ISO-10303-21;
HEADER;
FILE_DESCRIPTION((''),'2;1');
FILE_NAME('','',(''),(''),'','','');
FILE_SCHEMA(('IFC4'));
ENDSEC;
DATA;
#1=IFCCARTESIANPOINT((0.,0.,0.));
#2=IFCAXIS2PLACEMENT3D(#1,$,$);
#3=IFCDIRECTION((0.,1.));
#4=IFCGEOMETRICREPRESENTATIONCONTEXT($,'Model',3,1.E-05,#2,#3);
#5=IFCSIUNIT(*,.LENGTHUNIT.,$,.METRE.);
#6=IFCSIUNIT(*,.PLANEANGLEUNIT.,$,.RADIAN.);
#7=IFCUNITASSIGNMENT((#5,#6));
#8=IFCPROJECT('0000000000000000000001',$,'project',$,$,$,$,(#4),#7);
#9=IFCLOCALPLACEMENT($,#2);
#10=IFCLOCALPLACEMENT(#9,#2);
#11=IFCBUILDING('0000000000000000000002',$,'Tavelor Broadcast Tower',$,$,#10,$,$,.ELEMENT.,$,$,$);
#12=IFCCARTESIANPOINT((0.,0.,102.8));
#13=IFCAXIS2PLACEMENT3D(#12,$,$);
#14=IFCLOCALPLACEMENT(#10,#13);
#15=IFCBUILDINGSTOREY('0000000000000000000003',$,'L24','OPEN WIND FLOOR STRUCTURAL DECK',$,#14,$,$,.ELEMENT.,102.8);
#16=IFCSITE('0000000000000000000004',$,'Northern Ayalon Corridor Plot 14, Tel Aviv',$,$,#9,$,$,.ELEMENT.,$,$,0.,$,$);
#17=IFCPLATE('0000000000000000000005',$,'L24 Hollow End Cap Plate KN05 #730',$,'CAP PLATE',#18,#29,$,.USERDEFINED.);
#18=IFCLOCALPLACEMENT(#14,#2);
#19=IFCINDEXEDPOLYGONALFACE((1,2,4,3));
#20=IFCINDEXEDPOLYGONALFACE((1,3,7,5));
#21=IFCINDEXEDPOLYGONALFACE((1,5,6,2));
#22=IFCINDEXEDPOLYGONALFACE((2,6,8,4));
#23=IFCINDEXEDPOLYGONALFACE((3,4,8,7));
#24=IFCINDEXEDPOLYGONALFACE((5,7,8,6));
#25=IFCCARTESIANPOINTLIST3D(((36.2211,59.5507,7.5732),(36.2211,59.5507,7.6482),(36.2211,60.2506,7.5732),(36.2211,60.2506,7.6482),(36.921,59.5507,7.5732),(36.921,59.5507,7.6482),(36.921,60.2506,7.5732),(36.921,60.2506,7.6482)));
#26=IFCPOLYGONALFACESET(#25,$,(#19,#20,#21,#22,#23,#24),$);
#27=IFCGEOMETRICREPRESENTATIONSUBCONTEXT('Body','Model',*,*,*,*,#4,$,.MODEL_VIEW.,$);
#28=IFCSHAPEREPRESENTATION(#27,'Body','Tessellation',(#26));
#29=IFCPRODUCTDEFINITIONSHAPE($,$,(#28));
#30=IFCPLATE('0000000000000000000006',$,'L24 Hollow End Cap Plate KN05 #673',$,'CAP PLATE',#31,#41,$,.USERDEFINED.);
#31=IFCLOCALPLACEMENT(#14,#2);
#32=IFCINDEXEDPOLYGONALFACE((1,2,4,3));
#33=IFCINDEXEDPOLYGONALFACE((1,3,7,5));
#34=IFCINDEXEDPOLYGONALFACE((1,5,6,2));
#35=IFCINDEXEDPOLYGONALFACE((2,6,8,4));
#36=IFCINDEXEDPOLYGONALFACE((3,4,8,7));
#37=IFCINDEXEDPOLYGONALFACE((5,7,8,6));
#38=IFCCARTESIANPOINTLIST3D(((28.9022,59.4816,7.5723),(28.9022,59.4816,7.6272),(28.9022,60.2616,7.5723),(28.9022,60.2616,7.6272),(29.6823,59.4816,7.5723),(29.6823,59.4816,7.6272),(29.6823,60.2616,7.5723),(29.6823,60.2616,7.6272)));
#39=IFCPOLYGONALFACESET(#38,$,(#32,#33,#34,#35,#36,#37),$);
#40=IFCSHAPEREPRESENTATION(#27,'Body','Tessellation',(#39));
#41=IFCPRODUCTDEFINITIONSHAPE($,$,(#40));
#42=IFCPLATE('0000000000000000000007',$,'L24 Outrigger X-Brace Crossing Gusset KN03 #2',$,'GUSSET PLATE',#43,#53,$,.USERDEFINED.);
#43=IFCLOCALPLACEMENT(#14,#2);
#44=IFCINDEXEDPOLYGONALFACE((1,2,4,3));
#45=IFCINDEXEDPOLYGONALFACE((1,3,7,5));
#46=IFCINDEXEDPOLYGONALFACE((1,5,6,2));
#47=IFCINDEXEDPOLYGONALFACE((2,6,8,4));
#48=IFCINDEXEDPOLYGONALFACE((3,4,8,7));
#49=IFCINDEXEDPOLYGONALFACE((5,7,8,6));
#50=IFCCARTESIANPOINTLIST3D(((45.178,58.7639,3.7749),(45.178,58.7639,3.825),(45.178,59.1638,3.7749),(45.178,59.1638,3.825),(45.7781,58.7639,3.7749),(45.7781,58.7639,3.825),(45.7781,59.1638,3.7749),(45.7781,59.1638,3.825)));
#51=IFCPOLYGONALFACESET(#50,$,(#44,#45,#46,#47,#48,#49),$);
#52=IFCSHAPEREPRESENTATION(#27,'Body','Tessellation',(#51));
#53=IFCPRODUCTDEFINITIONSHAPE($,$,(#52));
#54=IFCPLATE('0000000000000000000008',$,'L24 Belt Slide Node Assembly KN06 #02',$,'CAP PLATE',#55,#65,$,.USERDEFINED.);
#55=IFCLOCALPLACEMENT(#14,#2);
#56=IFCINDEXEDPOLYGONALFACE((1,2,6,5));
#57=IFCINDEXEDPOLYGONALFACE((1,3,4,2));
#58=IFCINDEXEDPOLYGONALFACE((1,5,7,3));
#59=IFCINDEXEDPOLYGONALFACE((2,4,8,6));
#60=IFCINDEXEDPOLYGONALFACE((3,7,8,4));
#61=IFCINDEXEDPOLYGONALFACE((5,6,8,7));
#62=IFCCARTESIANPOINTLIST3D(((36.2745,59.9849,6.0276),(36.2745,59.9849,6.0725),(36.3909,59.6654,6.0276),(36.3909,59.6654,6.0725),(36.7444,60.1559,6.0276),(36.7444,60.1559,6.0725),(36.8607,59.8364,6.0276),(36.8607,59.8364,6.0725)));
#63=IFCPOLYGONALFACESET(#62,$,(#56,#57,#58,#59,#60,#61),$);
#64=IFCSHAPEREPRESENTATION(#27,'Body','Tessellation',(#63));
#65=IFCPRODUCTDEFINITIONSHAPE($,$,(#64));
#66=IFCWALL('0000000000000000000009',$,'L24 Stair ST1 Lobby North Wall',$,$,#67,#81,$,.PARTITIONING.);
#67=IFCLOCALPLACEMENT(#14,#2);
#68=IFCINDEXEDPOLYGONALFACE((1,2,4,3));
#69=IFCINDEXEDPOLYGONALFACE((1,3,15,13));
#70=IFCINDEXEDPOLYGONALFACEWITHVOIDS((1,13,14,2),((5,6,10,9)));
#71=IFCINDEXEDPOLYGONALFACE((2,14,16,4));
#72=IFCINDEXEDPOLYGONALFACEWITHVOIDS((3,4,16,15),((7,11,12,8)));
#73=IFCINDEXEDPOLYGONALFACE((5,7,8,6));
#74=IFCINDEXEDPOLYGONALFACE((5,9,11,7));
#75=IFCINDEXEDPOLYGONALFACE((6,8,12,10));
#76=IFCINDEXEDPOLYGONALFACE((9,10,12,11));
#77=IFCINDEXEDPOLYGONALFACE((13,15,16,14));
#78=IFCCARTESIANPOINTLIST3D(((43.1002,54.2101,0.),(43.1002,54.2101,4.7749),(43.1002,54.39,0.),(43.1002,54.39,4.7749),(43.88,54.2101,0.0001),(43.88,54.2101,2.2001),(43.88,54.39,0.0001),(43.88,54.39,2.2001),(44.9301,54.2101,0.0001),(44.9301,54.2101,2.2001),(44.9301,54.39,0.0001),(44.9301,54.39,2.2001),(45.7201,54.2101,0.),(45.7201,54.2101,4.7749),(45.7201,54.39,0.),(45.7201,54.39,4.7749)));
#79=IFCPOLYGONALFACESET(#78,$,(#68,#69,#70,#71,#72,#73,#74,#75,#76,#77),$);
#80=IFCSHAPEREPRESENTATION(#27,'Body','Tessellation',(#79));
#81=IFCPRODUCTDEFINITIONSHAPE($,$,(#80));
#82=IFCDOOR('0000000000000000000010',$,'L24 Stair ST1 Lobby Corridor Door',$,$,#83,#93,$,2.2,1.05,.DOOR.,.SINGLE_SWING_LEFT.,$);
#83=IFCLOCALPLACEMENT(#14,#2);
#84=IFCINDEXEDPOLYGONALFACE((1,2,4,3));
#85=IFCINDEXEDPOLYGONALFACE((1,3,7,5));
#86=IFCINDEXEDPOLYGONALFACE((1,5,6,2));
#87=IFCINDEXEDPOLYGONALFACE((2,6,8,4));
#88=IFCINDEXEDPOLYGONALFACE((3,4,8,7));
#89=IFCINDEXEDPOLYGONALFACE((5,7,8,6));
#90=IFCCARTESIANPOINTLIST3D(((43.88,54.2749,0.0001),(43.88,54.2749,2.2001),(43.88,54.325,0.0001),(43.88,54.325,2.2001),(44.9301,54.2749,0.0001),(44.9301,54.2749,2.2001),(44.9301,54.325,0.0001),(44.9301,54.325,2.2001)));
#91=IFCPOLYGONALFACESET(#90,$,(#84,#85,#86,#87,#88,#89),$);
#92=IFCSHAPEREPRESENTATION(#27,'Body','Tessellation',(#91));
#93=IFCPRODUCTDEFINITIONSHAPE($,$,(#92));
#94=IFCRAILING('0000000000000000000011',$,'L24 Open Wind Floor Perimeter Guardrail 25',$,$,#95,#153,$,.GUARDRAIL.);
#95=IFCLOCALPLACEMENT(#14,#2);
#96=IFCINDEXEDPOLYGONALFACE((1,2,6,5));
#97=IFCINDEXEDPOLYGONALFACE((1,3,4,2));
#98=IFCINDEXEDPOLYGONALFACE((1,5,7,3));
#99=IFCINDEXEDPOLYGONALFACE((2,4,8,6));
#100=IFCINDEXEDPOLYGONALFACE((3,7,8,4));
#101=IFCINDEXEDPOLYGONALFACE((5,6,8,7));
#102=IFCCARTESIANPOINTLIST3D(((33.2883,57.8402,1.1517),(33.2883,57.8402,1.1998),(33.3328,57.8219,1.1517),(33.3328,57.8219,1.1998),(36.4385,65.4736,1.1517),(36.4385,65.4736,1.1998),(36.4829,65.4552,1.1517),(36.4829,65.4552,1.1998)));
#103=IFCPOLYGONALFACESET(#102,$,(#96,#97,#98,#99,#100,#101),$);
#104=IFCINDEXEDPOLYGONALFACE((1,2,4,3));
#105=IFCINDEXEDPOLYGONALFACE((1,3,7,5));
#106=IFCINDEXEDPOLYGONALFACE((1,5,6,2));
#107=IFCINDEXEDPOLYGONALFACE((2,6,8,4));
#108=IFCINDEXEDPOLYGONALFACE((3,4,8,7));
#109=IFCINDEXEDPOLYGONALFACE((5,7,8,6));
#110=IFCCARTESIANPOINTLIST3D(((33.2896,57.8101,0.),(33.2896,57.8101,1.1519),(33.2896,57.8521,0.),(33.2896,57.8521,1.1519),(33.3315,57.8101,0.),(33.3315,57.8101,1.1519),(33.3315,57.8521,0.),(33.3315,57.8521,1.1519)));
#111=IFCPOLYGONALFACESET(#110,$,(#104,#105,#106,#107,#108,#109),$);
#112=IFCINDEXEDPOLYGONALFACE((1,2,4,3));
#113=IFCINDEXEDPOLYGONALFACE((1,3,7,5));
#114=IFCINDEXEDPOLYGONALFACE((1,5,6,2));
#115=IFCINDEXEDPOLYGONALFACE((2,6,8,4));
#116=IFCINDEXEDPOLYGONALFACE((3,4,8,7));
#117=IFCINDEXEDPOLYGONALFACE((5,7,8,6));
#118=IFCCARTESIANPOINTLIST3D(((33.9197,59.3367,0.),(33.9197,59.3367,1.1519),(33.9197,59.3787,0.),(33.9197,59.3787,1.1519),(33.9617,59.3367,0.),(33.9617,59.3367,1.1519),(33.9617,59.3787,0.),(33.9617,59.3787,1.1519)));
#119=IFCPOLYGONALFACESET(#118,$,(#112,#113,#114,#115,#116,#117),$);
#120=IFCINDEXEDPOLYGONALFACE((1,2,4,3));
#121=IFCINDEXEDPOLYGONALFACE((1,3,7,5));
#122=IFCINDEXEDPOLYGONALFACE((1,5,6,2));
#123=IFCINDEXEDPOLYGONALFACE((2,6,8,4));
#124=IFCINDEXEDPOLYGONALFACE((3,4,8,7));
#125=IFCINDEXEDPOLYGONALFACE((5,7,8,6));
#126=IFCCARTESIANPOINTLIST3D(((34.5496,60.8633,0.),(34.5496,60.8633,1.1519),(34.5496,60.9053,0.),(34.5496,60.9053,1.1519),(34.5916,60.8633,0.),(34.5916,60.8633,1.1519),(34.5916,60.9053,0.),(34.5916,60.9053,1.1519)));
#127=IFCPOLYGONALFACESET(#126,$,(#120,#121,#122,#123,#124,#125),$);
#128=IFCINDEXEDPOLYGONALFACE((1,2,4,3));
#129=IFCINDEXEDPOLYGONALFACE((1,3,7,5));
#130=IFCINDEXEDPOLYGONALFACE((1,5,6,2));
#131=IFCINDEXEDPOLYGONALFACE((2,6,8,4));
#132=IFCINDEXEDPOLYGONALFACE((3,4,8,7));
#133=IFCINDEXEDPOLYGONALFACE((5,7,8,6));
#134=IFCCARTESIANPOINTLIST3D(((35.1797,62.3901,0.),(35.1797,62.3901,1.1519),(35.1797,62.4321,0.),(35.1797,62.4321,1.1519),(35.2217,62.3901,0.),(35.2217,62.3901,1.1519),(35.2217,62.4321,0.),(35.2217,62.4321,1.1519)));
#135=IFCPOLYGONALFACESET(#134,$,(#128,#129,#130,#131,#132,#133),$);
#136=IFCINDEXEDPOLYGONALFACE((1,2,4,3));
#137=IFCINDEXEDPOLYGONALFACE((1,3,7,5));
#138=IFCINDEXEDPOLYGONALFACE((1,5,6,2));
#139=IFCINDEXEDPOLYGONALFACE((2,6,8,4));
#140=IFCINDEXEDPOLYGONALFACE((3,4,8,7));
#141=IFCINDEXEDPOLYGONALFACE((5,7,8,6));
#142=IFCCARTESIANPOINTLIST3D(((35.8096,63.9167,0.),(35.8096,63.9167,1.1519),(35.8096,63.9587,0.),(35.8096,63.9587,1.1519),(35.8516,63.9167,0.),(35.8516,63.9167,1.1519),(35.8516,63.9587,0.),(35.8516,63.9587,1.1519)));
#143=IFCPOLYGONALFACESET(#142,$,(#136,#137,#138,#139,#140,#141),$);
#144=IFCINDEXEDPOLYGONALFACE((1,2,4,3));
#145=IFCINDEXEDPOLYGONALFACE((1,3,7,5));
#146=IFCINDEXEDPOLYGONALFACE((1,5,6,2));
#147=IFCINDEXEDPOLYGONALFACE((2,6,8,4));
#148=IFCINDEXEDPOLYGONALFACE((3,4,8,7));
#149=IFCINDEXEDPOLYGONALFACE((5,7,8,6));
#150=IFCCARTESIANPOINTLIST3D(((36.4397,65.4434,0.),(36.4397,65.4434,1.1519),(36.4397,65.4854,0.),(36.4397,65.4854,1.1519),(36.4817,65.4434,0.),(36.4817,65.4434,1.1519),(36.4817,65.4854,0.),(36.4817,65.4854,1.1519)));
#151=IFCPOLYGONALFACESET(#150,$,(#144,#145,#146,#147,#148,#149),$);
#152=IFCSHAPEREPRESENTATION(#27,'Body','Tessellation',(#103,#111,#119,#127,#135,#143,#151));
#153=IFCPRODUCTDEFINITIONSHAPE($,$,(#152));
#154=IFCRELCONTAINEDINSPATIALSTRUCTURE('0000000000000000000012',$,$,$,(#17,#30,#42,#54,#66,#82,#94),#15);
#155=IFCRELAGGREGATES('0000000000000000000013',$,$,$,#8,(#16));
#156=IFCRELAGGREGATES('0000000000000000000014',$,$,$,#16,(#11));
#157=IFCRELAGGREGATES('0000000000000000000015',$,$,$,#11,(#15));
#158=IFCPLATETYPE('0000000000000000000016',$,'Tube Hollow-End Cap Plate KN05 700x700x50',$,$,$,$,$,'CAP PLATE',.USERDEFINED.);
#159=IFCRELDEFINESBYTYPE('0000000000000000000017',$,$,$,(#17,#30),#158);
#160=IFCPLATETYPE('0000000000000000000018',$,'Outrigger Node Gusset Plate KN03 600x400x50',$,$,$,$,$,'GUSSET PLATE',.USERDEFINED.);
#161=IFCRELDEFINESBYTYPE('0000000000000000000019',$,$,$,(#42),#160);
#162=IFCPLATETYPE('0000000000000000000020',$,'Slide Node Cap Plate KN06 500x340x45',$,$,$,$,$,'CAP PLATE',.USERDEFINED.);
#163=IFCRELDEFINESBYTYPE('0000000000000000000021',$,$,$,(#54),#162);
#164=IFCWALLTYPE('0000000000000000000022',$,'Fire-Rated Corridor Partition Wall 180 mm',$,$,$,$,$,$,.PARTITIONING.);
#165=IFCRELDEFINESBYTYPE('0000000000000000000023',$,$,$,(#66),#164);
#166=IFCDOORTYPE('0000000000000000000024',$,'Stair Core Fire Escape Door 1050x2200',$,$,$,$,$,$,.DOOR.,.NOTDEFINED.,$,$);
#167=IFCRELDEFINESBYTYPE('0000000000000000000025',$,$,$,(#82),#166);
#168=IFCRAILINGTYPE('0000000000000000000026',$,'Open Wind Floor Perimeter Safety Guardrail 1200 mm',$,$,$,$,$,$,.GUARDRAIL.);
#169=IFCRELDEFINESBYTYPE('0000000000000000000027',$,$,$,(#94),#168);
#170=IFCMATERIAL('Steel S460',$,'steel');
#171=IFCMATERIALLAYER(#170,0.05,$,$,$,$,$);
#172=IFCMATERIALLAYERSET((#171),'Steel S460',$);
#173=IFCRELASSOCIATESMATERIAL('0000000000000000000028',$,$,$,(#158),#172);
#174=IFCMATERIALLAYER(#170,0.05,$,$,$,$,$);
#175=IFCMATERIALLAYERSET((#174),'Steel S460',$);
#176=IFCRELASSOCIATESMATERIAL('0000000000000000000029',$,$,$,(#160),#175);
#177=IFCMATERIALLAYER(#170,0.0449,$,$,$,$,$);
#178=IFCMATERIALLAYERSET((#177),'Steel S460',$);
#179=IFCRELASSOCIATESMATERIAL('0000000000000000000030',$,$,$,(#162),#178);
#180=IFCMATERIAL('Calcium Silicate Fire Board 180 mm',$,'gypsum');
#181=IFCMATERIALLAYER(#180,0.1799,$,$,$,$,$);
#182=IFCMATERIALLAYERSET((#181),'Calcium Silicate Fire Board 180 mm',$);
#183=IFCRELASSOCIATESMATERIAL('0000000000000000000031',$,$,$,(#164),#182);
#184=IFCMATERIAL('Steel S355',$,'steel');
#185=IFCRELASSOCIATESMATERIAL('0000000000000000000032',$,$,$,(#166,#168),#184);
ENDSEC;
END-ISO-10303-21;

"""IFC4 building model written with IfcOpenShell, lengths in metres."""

from ifc_helpers import new_model, si_unit, direction, frame, frame_2d, origin, origin_2d, place, context, subcontext, project, spatial, rectangle, extrude, source, transform, mapped, material, layer, layer_set, type_object, type_shapes, element, fill, save


model = new_model("IFC4")

# Units and contexts
model_context = context("Model", 3, precision=1e-05, world=origin(), true_north=direction((0.0, 1.0)))
body_context = subcontext(model_context, "Body", "Model", "MODEL_VIEW")
ifc_project = project(units=[si_unit("LENGTHUNIT", "METRE"), si_unit("PLANEANGLEUNIT", "RADIAN")], contexts=[model_context])

# Site, building, storey
site_placement = place(None, origin())
site = spatial("IfcSite", under=ifc_project, at=site_placement, Name="Northern Ayalon Corridor Plot 14, Tel Aviv", CompositionType="ELEMENT", RefElevation=0.0)
building_placement = place(site_placement, origin())
building = spatial("IfcBuilding", under=site, at=building_placement, Name="Tavelor Broadcast Tower", CompositionType="ELEMENT")
storey_placement = place(building_placement, frame((0.0, 0.0, 102.8)))
storey = spatial("IfcBuildingStorey", under=building, at=storey_placement, Name="L24", Description="OPEN WIND FLOOR STRUCTURAL DECK", CompositionType="ELEMENT", Elevation=102.8)

# Shared definitions
ifc_material_1 = material(Name="Steel S460", Category="steel")

# Plates
ifc_layer_1 = layer(ifc_material_1, 0.05)
ifc_layer_set_1 = layer_set([ifc_layer_1], Name="Steel S460")
plate_type_1 = type_object("IfcPlateType", Name="Tube Hollow-End Cap Plate KN05 700x700x50", ElementType="CAP PLATE", PredefinedType="USERDEFINED", material=ifc_layer_set_1)
shared_shape_1 = source(origin(), body_context, "Body", "SweptSolid", [
    extrude(rectangle(XDim=0.7, YDim=0.7, at=origin_2d()), origin(), (0.0, 0.0, 1.0), 0.075),
])
for number, where, z_axis, x_axis, name in (
    (1, (36.571, 59.9006, 7.5732), (0.0, 0.0, 1.0), (1.0, 0.0, 0.0), "L24 Hollow End Cap Plate KN05 #730"),
):
    element("IfcPlate", number, at=place(storey_placement, frame(where, z_axis=z_axis, x_axis=x_axis)), inside=storey, type_object=plate_type_1, Name=name, ObjectType="CAP PLATE", PredefinedType="USERDEFINED", context=body_context, shape_type="MappedRepresentation", body=[
        mapped(shared_shape_1, transform((0.0, 0.0, 0.0), scale=1.0)),
    ])
shared_shape_2 = source(origin(), body_context, "Body", "SweptSolid", [
    extrude(rectangle(XDim=0.78, YDim=0.78, at=origin_2d()), origin(), (0.0, 0.0, 1.0), 0.0549),
])
type_shapes(plate_type_1, [shared_shape_1, shared_shape_2])
plate_1_placement = place(storey_placement, frame((29.2922, 59.8716, 7.5723), z_axis=(0.0, 0.0, 1.0), x_axis=(1.0, 0.0, 0.0)))
element("IfcPlate", 2, at=plate_1_placement, inside=storey, type_object=plate_type_1, Name="L24 Hollow End Cap Plate KN05 #673", ObjectType="CAP PLATE", PredefinedType="USERDEFINED", context=body_context, shape_type="MappedRepresentation", body=[
    mapped(shared_shape_2, transform((0.0, 0.0, 0.0), scale=1.0)),
])
ifc_layer_2 = layer(ifc_material_1, 0.05)
ifc_layer_set_2 = layer_set([ifc_layer_2], Name="Steel S460")
plate_type_2 = type_object("IfcPlateType", Name="Outrigger Node Gusset Plate KN03 600x400x50", ElementType="GUSSET PLATE", PredefinedType="USERDEFINED", material=ifc_layer_set_2)
shared_shape_3 = source(origin(), body_context, "Body", "SweptSolid", [
    extrude(rectangle(XDim=0.6001, YDim=0.3999, at=origin_2d()), origin(), (0.0, 0.0, 1.0), 0.05),
])
type_shapes(plate_type_2, [shared_shape_3])
plate_2_placement = place(storey_placement, frame((45.478, 58.9639, 3.7749), z_axis=(0.0, 0.0, 1.0), x_axis=(1.0, 0.0, 0.0)))
element("IfcPlate", 3, at=plate_2_placement, inside=storey, type_object=plate_type_2, Name="L24 Outrigger X-Brace Crossing Gusset KN03 #2", ObjectType="GUSSET PLATE", PredefinedType="USERDEFINED", context=body_context, shape_type="MappedRepresentation", body=[
    mapped(shared_shape_3, transform((0.0, 0.0, 0.0), scale=1.0)),
])
ifc_layer_3 = layer(ifc_material_1, 0.0449)
ifc_layer_set_3 = layer_set([ifc_layer_3], Name="Steel S460")
plate_type_3 = type_object("IfcPlateType", Name="Slide Node Cap Plate KN06 500x340x45", ElementType="CAP PLATE", PredefinedType="USERDEFINED", material=ifc_layer_set_3)
shared_shape_4 = source(origin(), body_context, "Body", "SweptSolid", [
    extrude(rectangle(XDim=0.5, YDim=0.3401, at=origin_2d()), origin(), (0.0, 0.0, 1.0), 0.0449),
])
type_shapes(plate_type_3, [shared_shape_4])
plate_3_placement = place(storey_placement, frame((36.5676, 59.9106, 6.0276), z_axis=(0.0, 0.0, 1.0), x_axis=(0.939693, 0.34202, 0.0)))
element("IfcPlate", 4, at=plate_3_placement, inside=storey, type_object=plate_type_3, Name="L24 Belt Slide Node Assembly KN06 #02", ObjectType="CAP PLATE", PredefinedType="USERDEFINED", context=body_context, shape_type="MappedRepresentation", body=[
    mapped(shared_shape_4, transform((0.0, 0.0, 0.0), scale=1.0)),
])

# Wall, opening, door
ifc_material_2 = material(Name="Calcium Silicate Fire Board 180 mm", Category="gypsum")
ifc_layer_4 = layer(ifc_material_2, 0.1799)
ifc_layer_set_4 = layer_set([ifc_layer_4], Name="Calcium Silicate Fire Board 180 mm")
wall_type = type_object("IfcWallType", Name="Fire-Rated Corridor Partition Wall 180 mm", PredefinedType="PARTITIONING", material=ifc_layer_set_4)
wall_placement = place(storey_placement, frame((43.1001, 54.3, 0.0), z_axis=(0.0, 0.0, 1.0), x_axis=(1.0, 0.0, 0.0)))
wall = element("IfcWall", 5, at=wall_placement, inside=storey, type_object=wall_type, Name="L24 Stair ST1 Lobby North Wall", PredefinedType="PARTITIONING", context=body_context, shape_type="SweptSolid", body=[
    extrude(rectangle(XDim=2.6199, YDim=0.1799, at=frame_2d((1.3101, 0.0))), origin(), (0.0, 0.0, 1.0), 4.7749),
])
opening_placement = place(wall_placement, frame((0.78, 0.0, 0.0)))
opening = element("IfcOpeningElement", 6, at=opening_placement, cuts=wall, PredefinedType="OPENING", context=body_context, shape_type="SweptSolid", body=[
    extrude(rectangle(XDim=1.05, YDim=2.2, at=frame_2d((0.5249, 1.1001))), frame((0.0, 0.1001, 0.0), z_axis=(0.0, -1.0, 0.0), x_axis=(1.0, 0.0, 0.0)), (0.0, 0.0, 1.0), 0.2),
])
ifc_material_3 = material(Name="Steel S355", Category="steel")
door_type = type_object("IfcDoorType", Name="Stair Core Fire Escape Door 1050x2200", OperationType="NOTDEFINED", PredefinedType="DOOR", material=ifc_material_3)
door_placement = place(opening_placement, origin())
door = element("IfcDoor", 7, at=door_placement, inside=storey, type_object=door_type, Name="L24 Stair ST1 Lobby Corridor Door", OperationType="SINGLE_SWING_LEFT", OverallHeight=2.2, OverallWidth=1.05, PredefinedType="DOOR", context=body_context, shape_type="SweptSolid", body=[
    extrude(rectangle(XDim=1.05, YDim=2.2, at=frame_2d((0.5249, 1.1001))), frame((0.0, 0.0249, 0.0), z_axis=(0.0, -1.0, 0.0), x_axis=(1.0, 0.0, 0.0)), (0.0, 0.0, 1.0), 0.05),
])
fill(opening, door)

# Railing
railing_type = type_object("IfcRailingType", Name="Open Wind Floor Perimeter Safety Guardrail 1200 mm", PredefinedType="GUARDRAIL", material=ifc_material_3)
railing_1_placement = place(storey_placement, frame((33.3105, 57.8311, 0.0)))
element("IfcRailing", 8, at=railing_1_placement, inside=storey, type_object=railing_type, Name="L24 Open Wind Floor Perimeter Guardrail 25", PredefinedType="GUARDRAIL", context=body_context, shape_type="SweptSolid", body=[
    extrude(rectangle(XDim=0.0481, YDim=0.0481, at=origin_2d()), frame((0.0, 0.0, 1.1758), z_axis=(0.381477, 0.924378, 0.0), x_axis=(-0.924378, 0.381477, 0.0)), (0.0, 0.0, 1.0), 8.2578),
    extrude(rectangle(XDim=0.042, YDim=0.042, at=origin_2d()), origin(), (0.0, 0.0, 1.0), 1.1519),
    extrude(rectangle(XDim=0.042, YDim=0.042, at=origin_2d()), frame((0.6301, 1.5266, 0.0)), (0.0, 0.0, 1.0), 1.1519),
    extrude(rectangle(XDim=0.042, YDim=0.042, at=origin_2d()), frame((1.26, 3.0532, 0.0)), (0.0, 0.0, 1.0), 1.1519),
    extrude(rectangle(XDim=0.042, YDim=0.042, at=origin_2d()), frame((1.8901, 4.5801, 0.0)), (0.0, 0.0, 1.0), 1.1519),
    extrude(rectangle(XDim=0.042, YDim=0.042, at=origin_2d()), frame((2.52, 6.1067, 0.0)), (0.0, 0.0, 1.0), 1.1519),
    extrude(rectangle(XDim=0.042, YDim=0.042, at=origin_2d()), frame((3.1501, 7.6333, 0.0)), (0.0, 0.0, 1.0), 1.1519),
])

save(model, "model.ifc")
